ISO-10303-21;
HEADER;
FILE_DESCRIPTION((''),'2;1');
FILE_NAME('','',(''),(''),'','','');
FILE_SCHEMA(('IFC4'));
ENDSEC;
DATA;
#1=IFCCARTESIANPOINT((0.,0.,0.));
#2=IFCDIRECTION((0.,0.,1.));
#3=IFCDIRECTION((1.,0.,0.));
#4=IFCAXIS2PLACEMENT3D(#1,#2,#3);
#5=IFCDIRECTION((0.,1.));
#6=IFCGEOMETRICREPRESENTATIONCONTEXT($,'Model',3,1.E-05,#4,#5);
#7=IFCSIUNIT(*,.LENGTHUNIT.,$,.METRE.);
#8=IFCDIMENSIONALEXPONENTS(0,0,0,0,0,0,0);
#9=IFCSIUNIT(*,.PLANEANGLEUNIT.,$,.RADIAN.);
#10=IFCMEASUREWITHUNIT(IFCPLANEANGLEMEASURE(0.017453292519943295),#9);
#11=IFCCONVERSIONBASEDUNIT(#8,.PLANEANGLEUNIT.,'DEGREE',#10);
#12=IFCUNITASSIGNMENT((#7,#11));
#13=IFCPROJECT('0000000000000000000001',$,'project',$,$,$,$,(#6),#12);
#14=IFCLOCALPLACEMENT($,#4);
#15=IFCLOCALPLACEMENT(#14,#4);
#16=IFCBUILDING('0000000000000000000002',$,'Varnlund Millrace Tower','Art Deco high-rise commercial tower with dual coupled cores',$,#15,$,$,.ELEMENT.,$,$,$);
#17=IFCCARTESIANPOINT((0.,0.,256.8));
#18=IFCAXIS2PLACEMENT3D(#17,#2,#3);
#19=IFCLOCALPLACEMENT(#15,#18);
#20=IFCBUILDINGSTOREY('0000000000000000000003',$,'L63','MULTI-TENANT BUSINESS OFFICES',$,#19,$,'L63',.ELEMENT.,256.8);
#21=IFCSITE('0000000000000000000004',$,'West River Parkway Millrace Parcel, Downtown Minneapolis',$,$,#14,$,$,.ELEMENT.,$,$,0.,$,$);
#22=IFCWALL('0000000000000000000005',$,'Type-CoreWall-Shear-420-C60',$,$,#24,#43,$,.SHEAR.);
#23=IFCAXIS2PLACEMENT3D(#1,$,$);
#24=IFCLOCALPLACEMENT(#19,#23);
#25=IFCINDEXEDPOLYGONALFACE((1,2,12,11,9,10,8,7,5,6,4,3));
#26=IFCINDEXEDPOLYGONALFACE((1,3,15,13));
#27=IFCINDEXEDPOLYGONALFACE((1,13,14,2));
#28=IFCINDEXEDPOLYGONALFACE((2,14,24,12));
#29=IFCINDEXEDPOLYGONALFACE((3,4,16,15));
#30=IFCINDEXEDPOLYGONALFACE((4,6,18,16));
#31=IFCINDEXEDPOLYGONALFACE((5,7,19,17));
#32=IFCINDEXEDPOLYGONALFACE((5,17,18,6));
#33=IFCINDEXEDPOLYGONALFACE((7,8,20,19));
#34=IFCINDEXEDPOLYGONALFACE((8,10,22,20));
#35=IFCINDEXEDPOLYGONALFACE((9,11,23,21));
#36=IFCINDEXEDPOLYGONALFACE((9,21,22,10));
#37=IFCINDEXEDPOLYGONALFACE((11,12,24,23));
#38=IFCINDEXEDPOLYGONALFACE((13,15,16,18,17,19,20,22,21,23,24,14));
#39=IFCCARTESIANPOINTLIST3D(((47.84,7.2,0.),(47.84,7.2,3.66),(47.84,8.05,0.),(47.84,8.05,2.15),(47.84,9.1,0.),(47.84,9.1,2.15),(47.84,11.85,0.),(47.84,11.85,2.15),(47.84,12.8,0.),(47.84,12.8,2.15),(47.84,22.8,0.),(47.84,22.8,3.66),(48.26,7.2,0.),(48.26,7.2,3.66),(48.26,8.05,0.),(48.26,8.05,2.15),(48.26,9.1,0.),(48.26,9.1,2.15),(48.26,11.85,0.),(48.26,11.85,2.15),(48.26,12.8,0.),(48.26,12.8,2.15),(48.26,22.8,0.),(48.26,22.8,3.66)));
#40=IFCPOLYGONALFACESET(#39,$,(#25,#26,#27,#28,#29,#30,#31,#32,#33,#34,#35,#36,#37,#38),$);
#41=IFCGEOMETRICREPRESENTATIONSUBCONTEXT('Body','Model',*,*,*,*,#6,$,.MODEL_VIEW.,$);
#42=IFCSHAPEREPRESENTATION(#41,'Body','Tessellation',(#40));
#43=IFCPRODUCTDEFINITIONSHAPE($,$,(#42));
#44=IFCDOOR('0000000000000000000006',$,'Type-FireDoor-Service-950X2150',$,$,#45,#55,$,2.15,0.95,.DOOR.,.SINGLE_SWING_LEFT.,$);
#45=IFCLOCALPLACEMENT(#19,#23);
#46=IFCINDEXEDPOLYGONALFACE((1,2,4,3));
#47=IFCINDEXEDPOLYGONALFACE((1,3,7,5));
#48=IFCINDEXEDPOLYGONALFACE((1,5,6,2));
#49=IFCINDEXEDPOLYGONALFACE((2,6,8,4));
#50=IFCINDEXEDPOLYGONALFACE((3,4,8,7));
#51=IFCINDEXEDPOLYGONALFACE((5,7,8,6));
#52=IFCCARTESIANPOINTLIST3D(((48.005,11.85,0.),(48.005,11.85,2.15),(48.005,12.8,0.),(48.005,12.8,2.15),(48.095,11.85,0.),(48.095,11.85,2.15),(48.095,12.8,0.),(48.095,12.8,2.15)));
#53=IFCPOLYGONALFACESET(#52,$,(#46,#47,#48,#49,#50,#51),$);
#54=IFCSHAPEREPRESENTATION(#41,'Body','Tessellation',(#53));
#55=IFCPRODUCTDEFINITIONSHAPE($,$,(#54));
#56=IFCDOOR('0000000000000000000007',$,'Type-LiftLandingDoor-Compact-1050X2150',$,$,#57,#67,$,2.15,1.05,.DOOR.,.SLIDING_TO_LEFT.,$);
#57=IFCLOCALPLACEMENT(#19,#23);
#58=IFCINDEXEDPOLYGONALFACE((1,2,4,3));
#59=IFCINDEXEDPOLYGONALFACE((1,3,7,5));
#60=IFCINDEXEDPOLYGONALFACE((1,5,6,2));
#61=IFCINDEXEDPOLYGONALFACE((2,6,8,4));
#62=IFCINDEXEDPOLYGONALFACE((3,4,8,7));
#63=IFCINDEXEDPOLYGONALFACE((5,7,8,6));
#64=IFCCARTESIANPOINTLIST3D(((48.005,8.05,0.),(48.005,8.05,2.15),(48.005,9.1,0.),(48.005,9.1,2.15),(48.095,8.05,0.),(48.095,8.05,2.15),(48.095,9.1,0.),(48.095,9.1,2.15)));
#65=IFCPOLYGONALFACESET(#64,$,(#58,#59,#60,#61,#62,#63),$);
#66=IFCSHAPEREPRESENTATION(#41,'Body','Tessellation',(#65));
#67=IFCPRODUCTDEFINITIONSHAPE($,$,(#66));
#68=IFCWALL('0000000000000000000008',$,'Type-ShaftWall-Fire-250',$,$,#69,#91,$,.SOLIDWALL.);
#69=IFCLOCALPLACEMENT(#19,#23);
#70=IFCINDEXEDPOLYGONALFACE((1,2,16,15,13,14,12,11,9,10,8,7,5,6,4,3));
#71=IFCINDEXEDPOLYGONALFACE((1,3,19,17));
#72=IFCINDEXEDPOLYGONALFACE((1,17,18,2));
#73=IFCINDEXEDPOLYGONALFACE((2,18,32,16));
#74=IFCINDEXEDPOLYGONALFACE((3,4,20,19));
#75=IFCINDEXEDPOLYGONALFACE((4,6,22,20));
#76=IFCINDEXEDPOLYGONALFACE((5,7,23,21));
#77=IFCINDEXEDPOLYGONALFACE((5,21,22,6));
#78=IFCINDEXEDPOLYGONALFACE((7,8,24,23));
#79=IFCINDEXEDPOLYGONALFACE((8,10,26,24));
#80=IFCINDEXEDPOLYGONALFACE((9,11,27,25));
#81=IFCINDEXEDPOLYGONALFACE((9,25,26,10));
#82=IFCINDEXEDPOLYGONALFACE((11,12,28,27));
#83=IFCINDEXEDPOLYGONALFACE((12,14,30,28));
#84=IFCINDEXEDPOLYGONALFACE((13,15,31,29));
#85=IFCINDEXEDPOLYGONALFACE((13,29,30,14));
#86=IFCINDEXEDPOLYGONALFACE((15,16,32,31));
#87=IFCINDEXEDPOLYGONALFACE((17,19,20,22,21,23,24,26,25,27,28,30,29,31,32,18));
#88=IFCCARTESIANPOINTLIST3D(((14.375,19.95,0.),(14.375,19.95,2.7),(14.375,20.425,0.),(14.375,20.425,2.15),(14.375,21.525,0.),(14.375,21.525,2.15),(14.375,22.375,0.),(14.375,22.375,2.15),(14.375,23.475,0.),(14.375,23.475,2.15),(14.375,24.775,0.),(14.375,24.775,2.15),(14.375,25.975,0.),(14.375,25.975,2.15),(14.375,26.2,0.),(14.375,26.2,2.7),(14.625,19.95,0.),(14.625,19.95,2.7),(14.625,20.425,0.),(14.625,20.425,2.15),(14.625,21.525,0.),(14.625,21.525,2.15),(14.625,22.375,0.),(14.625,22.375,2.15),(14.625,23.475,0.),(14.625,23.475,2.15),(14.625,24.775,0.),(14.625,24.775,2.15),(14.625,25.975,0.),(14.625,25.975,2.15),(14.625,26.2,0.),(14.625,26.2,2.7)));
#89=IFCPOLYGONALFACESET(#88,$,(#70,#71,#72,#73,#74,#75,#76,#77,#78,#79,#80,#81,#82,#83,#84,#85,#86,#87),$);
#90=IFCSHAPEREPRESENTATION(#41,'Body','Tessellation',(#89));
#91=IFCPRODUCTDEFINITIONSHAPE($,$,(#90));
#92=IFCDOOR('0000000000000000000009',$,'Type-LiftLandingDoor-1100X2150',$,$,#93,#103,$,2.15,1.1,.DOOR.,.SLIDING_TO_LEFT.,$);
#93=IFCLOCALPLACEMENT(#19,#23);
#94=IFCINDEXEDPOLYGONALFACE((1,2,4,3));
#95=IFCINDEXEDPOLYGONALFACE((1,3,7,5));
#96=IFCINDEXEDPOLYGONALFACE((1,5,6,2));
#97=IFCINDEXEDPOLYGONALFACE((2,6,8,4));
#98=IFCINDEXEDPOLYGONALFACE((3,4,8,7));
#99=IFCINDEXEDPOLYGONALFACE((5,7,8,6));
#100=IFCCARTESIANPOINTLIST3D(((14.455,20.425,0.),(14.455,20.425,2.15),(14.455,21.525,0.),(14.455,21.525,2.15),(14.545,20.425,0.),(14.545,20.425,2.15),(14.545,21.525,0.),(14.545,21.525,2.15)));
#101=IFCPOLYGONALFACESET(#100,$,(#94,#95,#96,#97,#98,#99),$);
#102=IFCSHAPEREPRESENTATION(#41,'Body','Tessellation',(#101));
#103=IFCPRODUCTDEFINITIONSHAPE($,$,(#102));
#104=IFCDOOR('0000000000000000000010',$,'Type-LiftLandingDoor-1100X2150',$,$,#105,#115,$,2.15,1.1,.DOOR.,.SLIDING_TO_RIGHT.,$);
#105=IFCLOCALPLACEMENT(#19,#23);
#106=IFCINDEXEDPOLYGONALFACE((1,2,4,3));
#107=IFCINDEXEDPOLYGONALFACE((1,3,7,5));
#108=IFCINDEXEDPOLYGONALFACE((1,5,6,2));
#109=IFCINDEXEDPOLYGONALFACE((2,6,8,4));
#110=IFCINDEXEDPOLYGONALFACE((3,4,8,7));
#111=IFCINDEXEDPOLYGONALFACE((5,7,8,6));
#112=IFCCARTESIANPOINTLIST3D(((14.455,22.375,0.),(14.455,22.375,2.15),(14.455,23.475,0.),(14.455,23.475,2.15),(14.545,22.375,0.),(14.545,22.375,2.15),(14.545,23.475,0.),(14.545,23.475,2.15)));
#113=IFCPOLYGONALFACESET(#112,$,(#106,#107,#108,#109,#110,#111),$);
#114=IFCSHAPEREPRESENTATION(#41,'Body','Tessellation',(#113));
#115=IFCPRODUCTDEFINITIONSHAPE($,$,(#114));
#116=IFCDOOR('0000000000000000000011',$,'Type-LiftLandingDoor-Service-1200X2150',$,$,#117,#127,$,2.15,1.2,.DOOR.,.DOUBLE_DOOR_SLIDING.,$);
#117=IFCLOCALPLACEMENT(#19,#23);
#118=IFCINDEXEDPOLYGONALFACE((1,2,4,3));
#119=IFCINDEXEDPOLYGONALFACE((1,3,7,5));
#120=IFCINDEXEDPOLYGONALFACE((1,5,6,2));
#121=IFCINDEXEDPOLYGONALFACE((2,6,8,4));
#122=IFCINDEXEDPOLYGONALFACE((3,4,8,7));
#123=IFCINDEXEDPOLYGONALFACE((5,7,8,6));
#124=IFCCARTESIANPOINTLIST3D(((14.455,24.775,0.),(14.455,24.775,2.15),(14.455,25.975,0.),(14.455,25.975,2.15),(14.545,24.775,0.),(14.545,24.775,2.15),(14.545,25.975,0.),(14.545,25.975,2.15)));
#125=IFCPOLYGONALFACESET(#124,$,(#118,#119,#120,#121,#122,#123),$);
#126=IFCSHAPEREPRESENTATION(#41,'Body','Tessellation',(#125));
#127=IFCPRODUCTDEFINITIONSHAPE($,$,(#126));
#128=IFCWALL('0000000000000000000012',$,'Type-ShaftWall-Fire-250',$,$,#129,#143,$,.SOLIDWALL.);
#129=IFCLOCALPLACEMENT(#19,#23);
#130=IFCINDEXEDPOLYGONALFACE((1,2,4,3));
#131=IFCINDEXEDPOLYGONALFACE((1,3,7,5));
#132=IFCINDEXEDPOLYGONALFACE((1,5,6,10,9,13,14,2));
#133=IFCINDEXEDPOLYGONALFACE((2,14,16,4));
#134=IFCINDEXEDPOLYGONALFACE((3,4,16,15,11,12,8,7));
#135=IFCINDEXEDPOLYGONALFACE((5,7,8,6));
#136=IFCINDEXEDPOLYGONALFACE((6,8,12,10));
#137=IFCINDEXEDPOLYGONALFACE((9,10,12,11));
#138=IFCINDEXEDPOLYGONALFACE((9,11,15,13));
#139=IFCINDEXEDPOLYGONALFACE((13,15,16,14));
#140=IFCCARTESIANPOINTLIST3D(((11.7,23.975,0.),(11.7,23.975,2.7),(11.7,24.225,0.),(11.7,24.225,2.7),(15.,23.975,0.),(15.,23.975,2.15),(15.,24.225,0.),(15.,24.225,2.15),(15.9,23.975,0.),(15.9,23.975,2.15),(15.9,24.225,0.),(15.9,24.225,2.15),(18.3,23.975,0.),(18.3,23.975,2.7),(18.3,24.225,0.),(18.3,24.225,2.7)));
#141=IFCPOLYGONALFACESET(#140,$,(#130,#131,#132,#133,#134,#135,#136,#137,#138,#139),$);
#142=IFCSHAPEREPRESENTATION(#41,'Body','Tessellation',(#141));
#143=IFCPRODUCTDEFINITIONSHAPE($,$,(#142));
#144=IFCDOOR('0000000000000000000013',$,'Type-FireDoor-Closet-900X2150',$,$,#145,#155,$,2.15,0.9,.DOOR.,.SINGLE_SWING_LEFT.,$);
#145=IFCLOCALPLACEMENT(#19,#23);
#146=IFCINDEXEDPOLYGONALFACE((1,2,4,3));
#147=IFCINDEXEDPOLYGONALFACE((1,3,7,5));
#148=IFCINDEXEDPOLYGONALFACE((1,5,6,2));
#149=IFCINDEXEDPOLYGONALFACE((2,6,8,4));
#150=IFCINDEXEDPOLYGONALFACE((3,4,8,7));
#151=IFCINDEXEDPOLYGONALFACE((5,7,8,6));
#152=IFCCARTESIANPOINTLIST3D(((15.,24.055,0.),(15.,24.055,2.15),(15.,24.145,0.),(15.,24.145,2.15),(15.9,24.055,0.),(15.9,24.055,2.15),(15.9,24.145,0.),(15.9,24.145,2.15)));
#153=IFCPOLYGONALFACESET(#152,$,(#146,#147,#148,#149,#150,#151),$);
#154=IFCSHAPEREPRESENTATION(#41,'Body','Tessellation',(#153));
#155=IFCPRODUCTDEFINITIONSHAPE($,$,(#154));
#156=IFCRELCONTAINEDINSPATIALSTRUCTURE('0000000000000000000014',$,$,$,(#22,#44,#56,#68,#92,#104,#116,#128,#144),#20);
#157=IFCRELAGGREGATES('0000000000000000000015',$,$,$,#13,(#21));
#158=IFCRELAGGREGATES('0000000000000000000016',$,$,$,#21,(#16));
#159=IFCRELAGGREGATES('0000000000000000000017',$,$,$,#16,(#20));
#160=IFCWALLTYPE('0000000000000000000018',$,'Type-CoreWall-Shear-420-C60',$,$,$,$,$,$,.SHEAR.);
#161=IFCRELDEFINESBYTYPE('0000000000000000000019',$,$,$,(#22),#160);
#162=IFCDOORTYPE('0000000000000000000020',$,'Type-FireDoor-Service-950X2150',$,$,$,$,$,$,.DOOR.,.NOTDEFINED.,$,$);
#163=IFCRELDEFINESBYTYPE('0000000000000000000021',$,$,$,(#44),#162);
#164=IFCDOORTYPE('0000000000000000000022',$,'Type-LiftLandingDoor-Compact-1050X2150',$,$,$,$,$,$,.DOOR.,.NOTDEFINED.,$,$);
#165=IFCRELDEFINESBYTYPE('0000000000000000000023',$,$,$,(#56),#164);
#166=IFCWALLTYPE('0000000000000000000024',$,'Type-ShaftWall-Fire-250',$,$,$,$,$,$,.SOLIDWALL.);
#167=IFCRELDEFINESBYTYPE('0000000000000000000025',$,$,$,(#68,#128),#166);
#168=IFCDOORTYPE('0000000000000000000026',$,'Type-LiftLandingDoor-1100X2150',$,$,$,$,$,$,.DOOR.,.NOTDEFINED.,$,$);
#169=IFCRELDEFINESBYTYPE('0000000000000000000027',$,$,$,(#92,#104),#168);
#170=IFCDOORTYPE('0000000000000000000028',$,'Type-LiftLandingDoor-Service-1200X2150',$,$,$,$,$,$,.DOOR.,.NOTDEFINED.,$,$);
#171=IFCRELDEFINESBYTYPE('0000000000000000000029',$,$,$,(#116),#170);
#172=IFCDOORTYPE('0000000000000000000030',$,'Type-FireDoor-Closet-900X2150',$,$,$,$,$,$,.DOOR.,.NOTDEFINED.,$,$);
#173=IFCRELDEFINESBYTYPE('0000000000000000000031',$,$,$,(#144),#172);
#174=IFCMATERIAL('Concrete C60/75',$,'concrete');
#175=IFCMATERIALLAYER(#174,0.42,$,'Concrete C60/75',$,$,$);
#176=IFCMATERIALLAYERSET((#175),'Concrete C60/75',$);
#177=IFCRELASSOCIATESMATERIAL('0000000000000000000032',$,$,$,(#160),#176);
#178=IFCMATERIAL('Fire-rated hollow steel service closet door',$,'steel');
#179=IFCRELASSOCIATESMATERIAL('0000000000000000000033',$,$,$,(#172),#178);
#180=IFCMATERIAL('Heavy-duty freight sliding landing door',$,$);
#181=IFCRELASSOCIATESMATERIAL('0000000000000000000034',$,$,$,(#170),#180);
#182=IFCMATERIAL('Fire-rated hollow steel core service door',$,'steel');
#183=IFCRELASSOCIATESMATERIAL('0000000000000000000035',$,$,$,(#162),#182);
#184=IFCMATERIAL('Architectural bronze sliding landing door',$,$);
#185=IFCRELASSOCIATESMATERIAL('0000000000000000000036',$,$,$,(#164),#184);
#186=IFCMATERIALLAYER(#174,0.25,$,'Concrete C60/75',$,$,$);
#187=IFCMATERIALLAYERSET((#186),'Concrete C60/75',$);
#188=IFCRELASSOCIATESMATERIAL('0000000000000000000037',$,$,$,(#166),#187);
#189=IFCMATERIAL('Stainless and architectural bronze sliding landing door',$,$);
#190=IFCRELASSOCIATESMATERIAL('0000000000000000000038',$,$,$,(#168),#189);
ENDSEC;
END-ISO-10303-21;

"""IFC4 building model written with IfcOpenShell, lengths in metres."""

from ifc_helpers import new_model, entity, si_unit, converted_unit, direction, frame, origin_with_axes, origin_2d_with_axis, place, context, subcontext, project, spatial, polyline, rectangle, outline, extrude, material, layer, layer_set, type_object, element, fill, save


model = new_model("IFC4")

# Units and contexts
model_context = context("Model", 3, precision=1e-05, world=origin_with_axes(), true_north=direction((0.0, 1.0)))
body_context = subcontext(model_context, "Body", "Model", "MODEL_VIEW")
ifc_project = project(units=[si_unit("LENGTHUNIT", "METRE"), converted_unit("PLANEANGLEUNIT", "DEGREE", entity("IfcPlaneAngleMeasure", 0.017453292519943295), si_unit("PLANEANGLEUNIT", "RADIAN"), dimensions=[0, 0, 0, 0, 0, 0, 0])], contexts=[model_context])

# Site, building, storey
site_placement = place(None, origin_with_axes())
site = spatial("IfcSite", under=ifc_project, at=site_placement, Name="West River Parkway Millrace Parcel, Downtown Minneapolis", CompositionType="ELEMENT", RefElevation=0.0)
building_placement = place(site_placement, origin_with_axes())
building = spatial("IfcBuilding", under=site, at=building_placement, Name="Varnlund Millrace Tower", Description="Art Deco high-rise commercial tower with dual coupled cores", CompositionType="ELEMENT")
storey_placement = place(building_placement, frame((0.0, 0.0, 256.8), z_axis=(0.0, 0.0, 1.0), x_axis=(1.0, 0.0, 0.0)))
storey = spatial("IfcBuildingStorey", under=building, at=storey_placement, Name="L63", Description="MULTI-TENANT BUSINESS OFFICES", LongName="L63", CompositionType="ELEMENT", Elevation=256.8)

# Shared definitions
ifc_material_1 = material(Name="Concrete C60/75", Category="concrete")
ifc_layer_1 = layer(ifc_material_1, 0.42, Name="Concrete C60/75")
ifc_layer_set_1 = layer_set([ifc_layer_1], Name="Concrete C60/75")
wall_type_1 = type_object("IfcWallType", Name="Type-CoreWall-Shear-420-C60", PredefinedType="SHEAR", material=ifc_layer_set_1)
ifc_material_2 = material(Name="Fire-rated hollow steel service closet door", Category="steel")
door_type_1 = type_object("IfcDoorType", Name="Type-FireDoor-Closet-900X2150", OperationType="NOTDEFINED", PredefinedType="DOOR", material=ifc_material_2)
ifc_material_3 = material(Name="Heavy-duty freight sliding landing door")
door_type_2 = type_object("IfcDoorType", Name="Type-LiftLandingDoor-Service-1200X2150", OperationType="NOTDEFINED", PredefinedType="DOOR", material=ifc_material_3)

# Walls, openings, doors
wall_1_placement = place(storey_placement, frame((48.05, 7.2, 0.0), z_axis=(0.0, 0.0, 1.0), x_axis=(0.0, 1.0, 0.0)))
wall_1 = element("IfcWall", 1, at=wall_1_placement, inside=storey, type_object=wall_type_1, Name="Type-CoreWall-Shear-420-C60", PredefinedType="SHEAR", context=body_context, shape_type="SweptSolid", body=[
    extrude(outline(polyline([(0.0, -0.21), (15.6, -0.21), (15.6, 0.21), (0.0, 0.21), (0.0, -0.21)])), origin_with_axes(), (0.0, 0.0, 1.0), 3.66),
])
opening_1_placement = place(wall_1_placement, frame((1.375, 0.0, 0.0), z_axis=(0.0, 0.0, 1.0), x_axis=(1.0, 0.0, 0.0)))
opening_1 = element("IfcOpeningElement", 2, at=opening_1_placement, cuts=wall_1, PredefinedType="OPENING", context=body_context, shape_type="SweptSolid", body=[
    extrude(rectangle(XDim=1.05, YDim=0.44, at=origin_2d_with_axis()), origin_with_axes(), (0.0, 0.0, 1.0), 2.15),
])
opening_2_placement = place(wall_1_placement, frame((5.125, 0.0, 0.0), z_axis=(0.0, 0.0, 1.0), x_axis=(1.0, 0.0, 0.0)))
opening_2 = element("IfcOpeningElement", 3, at=opening_2_placement, cuts=wall_1, PredefinedType="OPENING", context=body_context, shape_type="SweptSolid", body=[
    extrude(rectangle(XDim=0.95, YDim=0.44, at=origin_2d_with_axis()), origin_with_axes(), (0.0, 0.0, 1.0), 2.15),
])
ifc_material_4 = material(Name="Fire-rated hollow steel core service door", Category="steel")
door_type_3 = type_object("IfcDoorType", Name="Type-FireDoor-Service-950X2150", OperationType="NOTDEFINED", PredefinedType="DOOR", material=ifc_material_4)
door_1_placement = place(wall_1_placement, frame((5.125, 0.0, 0.0), z_axis=(0.0, 0.0, 1.0), x_axis=(1.0, 0.0, 0.0)))
door_1 = element("IfcDoor", 4, at=door_1_placement, inside=storey, type_object=door_type_3, Name="Type-FireDoor-Service-950X2150", OperationType="SINGLE_SWING_LEFT", OverallHeight=2.15, OverallWidth=0.95, PredefinedType="DOOR", context=body_context, shape_type="SweptSolid", body=[
    extrude(rectangle(XDim=0.95, YDim=0.09, at=origin_2d_with_axis()), origin_with_axes(), (0.0, 0.0, 1.0), 2.15),
])
fill(opening_2, door_1)
ifc_material_5 = material(Name="Architectural bronze sliding landing door")
door_type_4 = type_object("IfcDoorType", Name="Type-LiftLandingDoor-Compact-1050X2150", OperationType="NOTDEFINED", PredefinedType="DOOR", material=ifc_material_5)
door_2_placement = place(wall_1_placement, frame((1.375, 0.0, 0.0), z_axis=(0.0, 0.0, 1.0), x_axis=(1.0, 0.0, 0.0)))
door_2 = element("IfcDoor", 5, at=door_2_placement, inside=storey, type_object=door_type_4, Name="Type-LiftLandingDoor-Compact-1050X2150", OperationType="SLIDING_TO_LEFT", OverallHeight=2.15, OverallWidth=1.05, PredefinedType="DOOR", context=body_context, shape_type="SweptSolid", body=[
    extrude(rectangle(XDim=1.05, YDim=0.09, at=origin_2d_with_axis()), origin_with_axes(), (0.0, 0.0, 1.0), 2.15),
])
fill(opening_1, door_2)
ifc_layer_2 = layer(ifc_material_1, 0.25, Name="Concrete C60/75")
ifc_layer_set_2 = layer_set([ifc_layer_2], Name="Concrete C60/75")
wall_type_2 = type_object("IfcWallType", Name="Type-ShaftWall-Fire-250", PredefinedType="SOLIDWALL", material=ifc_layer_set_2)
wall_2_placement = place(storey_placement, frame((14.5, 19.95, 0.0), z_axis=(0.0, 0.0, 1.0), x_axis=(0.0, 1.0, 0.0)))
wall_2 = element("IfcWall", 6, at=wall_2_placement, inside=storey, type_object=wall_type_2, Name="Type-ShaftWall-Fire-250", PredefinedType="SOLIDWALL", context=body_context, shape_type="SweptSolid", body=[
    extrude(outline(polyline([(0.0, -0.125), (6.25, -0.125), (6.25, 0.125), (0.0, 0.125), (0.0, -0.125)])), origin_with_axes(), (0.0, 0.0, 1.0), 2.7),
])
opening_3_placement = place(wall_2_placement, frame((1.025, 0.0, 0.0), z_axis=(0.0, 0.0, 1.0), x_axis=(1.0, 0.0, 0.0)))
opening_3 = element("IfcOpeningElement", 7, at=opening_3_placement, cuts=wall_2, PredefinedType="OPENING", context=body_context, shape_type="SweptSolid", body=[
    extrude(rectangle(XDim=1.1, YDim=0.27, at=origin_2d_with_axis()), origin_with_axes(), (0.0, 0.0, 1.0), 2.15),
])
opening_4_placement = place(wall_2_placement, frame((2.975, 0.0, 0.0), z_axis=(0.0, 0.0, 1.0), x_axis=(1.0, 0.0, 0.0)))
opening_4 = element("IfcOpeningElement", 8, at=opening_4_placement, cuts=wall_2, PredefinedType="OPENING", context=body_context, shape_type="SweptSolid", body=[
    extrude(rectangle(XDim=1.1, YDim=0.27, at=origin_2d_with_axis()), origin_with_axes(), (0.0, 0.0, 1.0), 2.15),
])
opening_5_placement = place(wall_2_placement, frame((5.425, 0.0, 0.0), z_axis=(0.0, 0.0, 1.0), x_axis=(1.0, 0.0, 0.0)))
opening_5 = element("IfcOpeningElement", 9, at=opening_5_placement, cuts=wall_2, PredefinedType="OPENING", context=body_context, shape_type="SweptSolid", body=[
    extrude(rectangle(XDim=1.2, YDim=0.27, at=origin_2d_with_axis()), origin_with_axes(), (0.0, 0.0, 1.0), 2.15),
])
ifc_material_6 = material(Name="Stainless and architectural bronze sliding landing door")
door_type_5 = type_object("IfcDoorType", Name="Type-LiftLandingDoor-1100X2150", OperationType="NOTDEFINED", PredefinedType="DOOR", material=ifc_material_6)
door_3_placement = place(wall_2_placement, frame((1.025, 0.0, 0.0), z_axis=(0.0, 0.0, 1.0), x_axis=(1.0, 0.0, 0.0)))
door_3 = element("IfcDoor", 10, at=door_3_placement, inside=storey, type_object=door_type_5, Name="Type-LiftLandingDoor-1100X2150", OperationType="SLIDING_TO_LEFT", OverallHeight=2.15, OverallWidth=1.1, PredefinedType="DOOR", context=body_context, shape_type="SweptSolid", body=[
    extrude(rectangle(XDim=1.1, YDim=0.09, at=origin_2d_with_axis()), origin_with_axes(), (0.0, 0.0, 1.0), 2.15),
])
fill(opening_3, door_3)
door_4_placement = place(wall_2_placement, frame((2.975, 0.0, 0.0), z_axis=(0.0, 0.0, 1.0), x_axis=(1.0, 0.0, 0.0)))
door_4 = element("IfcDoor", 11, at=door_4_placement, inside=storey, type_object=door_type_5, Name="Type-LiftLandingDoor-1100X2150", OperationType="SLIDING_TO_RIGHT", OverallHeight=2.15, OverallWidth=1.1, PredefinedType="DOOR", context=body_context, shape_type="SweptSolid", body=[
    extrude(rectangle(XDim=1.1, YDim=0.09, at=origin_2d_with_axis()), origin_with_axes(), (0.0, 0.0, 1.0), 2.15),
])
fill(opening_4, door_4)
door_5_placement = place(wall_2_placement, frame((5.425, 0.0, 0.0), z_axis=(0.0, 0.0, 1.0), x_axis=(1.0, 0.0, 0.0)))
door_5 = element("IfcDoor", 12, at=door_5_placement, inside=storey, type_object=door_type_2, Name="Type-LiftLandingDoor-Service-1200X2150", OperationType="DOUBLE_DOOR_SLIDING", OverallHeight=2.15, OverallWidth=1.2, PredefinedType="DOOR", context=body_context, shape_type="SweptSolid", body=[
    extrude(rectangle(XDim=1.2, YDim=0.09, at=origin_2d_with_axis()), origin_with_axes(), (0.0, 0.0, 1.0), 2.15),
])
fill(opening_5, door_5)

# Wall, opening, door
wall_3_placement = place(storey_placement, frame((11.7, 24.1, 0.0), z_axis=(0.0, 0.0, 1.0), x_axis=(1.0, 0.0, 0.0)))
wall_3 = element("IfcWall", 13, at=wall_3_placement, inside=storey, type_object=wall_type_2, Name="Type-ShaftWall-Fire-250", PredefinedType="SOLIDWALL", context=body_context, shape_type="SweptSolid", body=[
    extrude(outline(polyline([(0.0, -0.125), (6.6, -0.125), (6.6, 0.125), (0.0, 0.125), (0.0, -0.125)])), origin_with_axes(), (0.0, 0.0, 1.0), 2.7),
])
opening_6_placement = place(wall_3_placement, frame((3.75, 0.0, 0.0), z_axis=(0.0, 0.0, 1.0), x_axis=(1.0, 0.0, 0.0)))
opening_6 = element("IfcOpeningElement", 14, at=opening_6_placement, cuts=wall_3, PredefinedType="OPENING", context=body_context, shape_type="SweptSolid", body=[
    extrude(rectangle(XDim=0.9, YDim=0.27, at=origin_2d_with_axis()), origin_with_axes(), (0.0, 0.0, 1.0), 2.15),
])
door_6_placement = place(wall_3_placement, frame((3.75, 0.0, 0.0), z_axis=(0.0, 0.0, 1.0), x_axis=(1.0, 0.0, 0.0)))
door_6 = element("IfcDoor", 15, at=door_6_placement, inside=storey, type_object=door_type_1, Name="Type-FireDoor-Closet-900X2150", OperationType="SINGLE_SWING_LEFT", OverallHeight=2.15, OverallWidth=0.9, PredefinedType="DOOR", context=body_context, shape_type="SweptSolid", body=[
    extrude(rectangle(XDim=0.9, YDim=0.09, at=origin_2d_with_axis()), origin_with_axes(), (0.0, 0.0, 1.0), 2.15),
])
fill(opening_6, door_6)

save(model, "model.ifc")
